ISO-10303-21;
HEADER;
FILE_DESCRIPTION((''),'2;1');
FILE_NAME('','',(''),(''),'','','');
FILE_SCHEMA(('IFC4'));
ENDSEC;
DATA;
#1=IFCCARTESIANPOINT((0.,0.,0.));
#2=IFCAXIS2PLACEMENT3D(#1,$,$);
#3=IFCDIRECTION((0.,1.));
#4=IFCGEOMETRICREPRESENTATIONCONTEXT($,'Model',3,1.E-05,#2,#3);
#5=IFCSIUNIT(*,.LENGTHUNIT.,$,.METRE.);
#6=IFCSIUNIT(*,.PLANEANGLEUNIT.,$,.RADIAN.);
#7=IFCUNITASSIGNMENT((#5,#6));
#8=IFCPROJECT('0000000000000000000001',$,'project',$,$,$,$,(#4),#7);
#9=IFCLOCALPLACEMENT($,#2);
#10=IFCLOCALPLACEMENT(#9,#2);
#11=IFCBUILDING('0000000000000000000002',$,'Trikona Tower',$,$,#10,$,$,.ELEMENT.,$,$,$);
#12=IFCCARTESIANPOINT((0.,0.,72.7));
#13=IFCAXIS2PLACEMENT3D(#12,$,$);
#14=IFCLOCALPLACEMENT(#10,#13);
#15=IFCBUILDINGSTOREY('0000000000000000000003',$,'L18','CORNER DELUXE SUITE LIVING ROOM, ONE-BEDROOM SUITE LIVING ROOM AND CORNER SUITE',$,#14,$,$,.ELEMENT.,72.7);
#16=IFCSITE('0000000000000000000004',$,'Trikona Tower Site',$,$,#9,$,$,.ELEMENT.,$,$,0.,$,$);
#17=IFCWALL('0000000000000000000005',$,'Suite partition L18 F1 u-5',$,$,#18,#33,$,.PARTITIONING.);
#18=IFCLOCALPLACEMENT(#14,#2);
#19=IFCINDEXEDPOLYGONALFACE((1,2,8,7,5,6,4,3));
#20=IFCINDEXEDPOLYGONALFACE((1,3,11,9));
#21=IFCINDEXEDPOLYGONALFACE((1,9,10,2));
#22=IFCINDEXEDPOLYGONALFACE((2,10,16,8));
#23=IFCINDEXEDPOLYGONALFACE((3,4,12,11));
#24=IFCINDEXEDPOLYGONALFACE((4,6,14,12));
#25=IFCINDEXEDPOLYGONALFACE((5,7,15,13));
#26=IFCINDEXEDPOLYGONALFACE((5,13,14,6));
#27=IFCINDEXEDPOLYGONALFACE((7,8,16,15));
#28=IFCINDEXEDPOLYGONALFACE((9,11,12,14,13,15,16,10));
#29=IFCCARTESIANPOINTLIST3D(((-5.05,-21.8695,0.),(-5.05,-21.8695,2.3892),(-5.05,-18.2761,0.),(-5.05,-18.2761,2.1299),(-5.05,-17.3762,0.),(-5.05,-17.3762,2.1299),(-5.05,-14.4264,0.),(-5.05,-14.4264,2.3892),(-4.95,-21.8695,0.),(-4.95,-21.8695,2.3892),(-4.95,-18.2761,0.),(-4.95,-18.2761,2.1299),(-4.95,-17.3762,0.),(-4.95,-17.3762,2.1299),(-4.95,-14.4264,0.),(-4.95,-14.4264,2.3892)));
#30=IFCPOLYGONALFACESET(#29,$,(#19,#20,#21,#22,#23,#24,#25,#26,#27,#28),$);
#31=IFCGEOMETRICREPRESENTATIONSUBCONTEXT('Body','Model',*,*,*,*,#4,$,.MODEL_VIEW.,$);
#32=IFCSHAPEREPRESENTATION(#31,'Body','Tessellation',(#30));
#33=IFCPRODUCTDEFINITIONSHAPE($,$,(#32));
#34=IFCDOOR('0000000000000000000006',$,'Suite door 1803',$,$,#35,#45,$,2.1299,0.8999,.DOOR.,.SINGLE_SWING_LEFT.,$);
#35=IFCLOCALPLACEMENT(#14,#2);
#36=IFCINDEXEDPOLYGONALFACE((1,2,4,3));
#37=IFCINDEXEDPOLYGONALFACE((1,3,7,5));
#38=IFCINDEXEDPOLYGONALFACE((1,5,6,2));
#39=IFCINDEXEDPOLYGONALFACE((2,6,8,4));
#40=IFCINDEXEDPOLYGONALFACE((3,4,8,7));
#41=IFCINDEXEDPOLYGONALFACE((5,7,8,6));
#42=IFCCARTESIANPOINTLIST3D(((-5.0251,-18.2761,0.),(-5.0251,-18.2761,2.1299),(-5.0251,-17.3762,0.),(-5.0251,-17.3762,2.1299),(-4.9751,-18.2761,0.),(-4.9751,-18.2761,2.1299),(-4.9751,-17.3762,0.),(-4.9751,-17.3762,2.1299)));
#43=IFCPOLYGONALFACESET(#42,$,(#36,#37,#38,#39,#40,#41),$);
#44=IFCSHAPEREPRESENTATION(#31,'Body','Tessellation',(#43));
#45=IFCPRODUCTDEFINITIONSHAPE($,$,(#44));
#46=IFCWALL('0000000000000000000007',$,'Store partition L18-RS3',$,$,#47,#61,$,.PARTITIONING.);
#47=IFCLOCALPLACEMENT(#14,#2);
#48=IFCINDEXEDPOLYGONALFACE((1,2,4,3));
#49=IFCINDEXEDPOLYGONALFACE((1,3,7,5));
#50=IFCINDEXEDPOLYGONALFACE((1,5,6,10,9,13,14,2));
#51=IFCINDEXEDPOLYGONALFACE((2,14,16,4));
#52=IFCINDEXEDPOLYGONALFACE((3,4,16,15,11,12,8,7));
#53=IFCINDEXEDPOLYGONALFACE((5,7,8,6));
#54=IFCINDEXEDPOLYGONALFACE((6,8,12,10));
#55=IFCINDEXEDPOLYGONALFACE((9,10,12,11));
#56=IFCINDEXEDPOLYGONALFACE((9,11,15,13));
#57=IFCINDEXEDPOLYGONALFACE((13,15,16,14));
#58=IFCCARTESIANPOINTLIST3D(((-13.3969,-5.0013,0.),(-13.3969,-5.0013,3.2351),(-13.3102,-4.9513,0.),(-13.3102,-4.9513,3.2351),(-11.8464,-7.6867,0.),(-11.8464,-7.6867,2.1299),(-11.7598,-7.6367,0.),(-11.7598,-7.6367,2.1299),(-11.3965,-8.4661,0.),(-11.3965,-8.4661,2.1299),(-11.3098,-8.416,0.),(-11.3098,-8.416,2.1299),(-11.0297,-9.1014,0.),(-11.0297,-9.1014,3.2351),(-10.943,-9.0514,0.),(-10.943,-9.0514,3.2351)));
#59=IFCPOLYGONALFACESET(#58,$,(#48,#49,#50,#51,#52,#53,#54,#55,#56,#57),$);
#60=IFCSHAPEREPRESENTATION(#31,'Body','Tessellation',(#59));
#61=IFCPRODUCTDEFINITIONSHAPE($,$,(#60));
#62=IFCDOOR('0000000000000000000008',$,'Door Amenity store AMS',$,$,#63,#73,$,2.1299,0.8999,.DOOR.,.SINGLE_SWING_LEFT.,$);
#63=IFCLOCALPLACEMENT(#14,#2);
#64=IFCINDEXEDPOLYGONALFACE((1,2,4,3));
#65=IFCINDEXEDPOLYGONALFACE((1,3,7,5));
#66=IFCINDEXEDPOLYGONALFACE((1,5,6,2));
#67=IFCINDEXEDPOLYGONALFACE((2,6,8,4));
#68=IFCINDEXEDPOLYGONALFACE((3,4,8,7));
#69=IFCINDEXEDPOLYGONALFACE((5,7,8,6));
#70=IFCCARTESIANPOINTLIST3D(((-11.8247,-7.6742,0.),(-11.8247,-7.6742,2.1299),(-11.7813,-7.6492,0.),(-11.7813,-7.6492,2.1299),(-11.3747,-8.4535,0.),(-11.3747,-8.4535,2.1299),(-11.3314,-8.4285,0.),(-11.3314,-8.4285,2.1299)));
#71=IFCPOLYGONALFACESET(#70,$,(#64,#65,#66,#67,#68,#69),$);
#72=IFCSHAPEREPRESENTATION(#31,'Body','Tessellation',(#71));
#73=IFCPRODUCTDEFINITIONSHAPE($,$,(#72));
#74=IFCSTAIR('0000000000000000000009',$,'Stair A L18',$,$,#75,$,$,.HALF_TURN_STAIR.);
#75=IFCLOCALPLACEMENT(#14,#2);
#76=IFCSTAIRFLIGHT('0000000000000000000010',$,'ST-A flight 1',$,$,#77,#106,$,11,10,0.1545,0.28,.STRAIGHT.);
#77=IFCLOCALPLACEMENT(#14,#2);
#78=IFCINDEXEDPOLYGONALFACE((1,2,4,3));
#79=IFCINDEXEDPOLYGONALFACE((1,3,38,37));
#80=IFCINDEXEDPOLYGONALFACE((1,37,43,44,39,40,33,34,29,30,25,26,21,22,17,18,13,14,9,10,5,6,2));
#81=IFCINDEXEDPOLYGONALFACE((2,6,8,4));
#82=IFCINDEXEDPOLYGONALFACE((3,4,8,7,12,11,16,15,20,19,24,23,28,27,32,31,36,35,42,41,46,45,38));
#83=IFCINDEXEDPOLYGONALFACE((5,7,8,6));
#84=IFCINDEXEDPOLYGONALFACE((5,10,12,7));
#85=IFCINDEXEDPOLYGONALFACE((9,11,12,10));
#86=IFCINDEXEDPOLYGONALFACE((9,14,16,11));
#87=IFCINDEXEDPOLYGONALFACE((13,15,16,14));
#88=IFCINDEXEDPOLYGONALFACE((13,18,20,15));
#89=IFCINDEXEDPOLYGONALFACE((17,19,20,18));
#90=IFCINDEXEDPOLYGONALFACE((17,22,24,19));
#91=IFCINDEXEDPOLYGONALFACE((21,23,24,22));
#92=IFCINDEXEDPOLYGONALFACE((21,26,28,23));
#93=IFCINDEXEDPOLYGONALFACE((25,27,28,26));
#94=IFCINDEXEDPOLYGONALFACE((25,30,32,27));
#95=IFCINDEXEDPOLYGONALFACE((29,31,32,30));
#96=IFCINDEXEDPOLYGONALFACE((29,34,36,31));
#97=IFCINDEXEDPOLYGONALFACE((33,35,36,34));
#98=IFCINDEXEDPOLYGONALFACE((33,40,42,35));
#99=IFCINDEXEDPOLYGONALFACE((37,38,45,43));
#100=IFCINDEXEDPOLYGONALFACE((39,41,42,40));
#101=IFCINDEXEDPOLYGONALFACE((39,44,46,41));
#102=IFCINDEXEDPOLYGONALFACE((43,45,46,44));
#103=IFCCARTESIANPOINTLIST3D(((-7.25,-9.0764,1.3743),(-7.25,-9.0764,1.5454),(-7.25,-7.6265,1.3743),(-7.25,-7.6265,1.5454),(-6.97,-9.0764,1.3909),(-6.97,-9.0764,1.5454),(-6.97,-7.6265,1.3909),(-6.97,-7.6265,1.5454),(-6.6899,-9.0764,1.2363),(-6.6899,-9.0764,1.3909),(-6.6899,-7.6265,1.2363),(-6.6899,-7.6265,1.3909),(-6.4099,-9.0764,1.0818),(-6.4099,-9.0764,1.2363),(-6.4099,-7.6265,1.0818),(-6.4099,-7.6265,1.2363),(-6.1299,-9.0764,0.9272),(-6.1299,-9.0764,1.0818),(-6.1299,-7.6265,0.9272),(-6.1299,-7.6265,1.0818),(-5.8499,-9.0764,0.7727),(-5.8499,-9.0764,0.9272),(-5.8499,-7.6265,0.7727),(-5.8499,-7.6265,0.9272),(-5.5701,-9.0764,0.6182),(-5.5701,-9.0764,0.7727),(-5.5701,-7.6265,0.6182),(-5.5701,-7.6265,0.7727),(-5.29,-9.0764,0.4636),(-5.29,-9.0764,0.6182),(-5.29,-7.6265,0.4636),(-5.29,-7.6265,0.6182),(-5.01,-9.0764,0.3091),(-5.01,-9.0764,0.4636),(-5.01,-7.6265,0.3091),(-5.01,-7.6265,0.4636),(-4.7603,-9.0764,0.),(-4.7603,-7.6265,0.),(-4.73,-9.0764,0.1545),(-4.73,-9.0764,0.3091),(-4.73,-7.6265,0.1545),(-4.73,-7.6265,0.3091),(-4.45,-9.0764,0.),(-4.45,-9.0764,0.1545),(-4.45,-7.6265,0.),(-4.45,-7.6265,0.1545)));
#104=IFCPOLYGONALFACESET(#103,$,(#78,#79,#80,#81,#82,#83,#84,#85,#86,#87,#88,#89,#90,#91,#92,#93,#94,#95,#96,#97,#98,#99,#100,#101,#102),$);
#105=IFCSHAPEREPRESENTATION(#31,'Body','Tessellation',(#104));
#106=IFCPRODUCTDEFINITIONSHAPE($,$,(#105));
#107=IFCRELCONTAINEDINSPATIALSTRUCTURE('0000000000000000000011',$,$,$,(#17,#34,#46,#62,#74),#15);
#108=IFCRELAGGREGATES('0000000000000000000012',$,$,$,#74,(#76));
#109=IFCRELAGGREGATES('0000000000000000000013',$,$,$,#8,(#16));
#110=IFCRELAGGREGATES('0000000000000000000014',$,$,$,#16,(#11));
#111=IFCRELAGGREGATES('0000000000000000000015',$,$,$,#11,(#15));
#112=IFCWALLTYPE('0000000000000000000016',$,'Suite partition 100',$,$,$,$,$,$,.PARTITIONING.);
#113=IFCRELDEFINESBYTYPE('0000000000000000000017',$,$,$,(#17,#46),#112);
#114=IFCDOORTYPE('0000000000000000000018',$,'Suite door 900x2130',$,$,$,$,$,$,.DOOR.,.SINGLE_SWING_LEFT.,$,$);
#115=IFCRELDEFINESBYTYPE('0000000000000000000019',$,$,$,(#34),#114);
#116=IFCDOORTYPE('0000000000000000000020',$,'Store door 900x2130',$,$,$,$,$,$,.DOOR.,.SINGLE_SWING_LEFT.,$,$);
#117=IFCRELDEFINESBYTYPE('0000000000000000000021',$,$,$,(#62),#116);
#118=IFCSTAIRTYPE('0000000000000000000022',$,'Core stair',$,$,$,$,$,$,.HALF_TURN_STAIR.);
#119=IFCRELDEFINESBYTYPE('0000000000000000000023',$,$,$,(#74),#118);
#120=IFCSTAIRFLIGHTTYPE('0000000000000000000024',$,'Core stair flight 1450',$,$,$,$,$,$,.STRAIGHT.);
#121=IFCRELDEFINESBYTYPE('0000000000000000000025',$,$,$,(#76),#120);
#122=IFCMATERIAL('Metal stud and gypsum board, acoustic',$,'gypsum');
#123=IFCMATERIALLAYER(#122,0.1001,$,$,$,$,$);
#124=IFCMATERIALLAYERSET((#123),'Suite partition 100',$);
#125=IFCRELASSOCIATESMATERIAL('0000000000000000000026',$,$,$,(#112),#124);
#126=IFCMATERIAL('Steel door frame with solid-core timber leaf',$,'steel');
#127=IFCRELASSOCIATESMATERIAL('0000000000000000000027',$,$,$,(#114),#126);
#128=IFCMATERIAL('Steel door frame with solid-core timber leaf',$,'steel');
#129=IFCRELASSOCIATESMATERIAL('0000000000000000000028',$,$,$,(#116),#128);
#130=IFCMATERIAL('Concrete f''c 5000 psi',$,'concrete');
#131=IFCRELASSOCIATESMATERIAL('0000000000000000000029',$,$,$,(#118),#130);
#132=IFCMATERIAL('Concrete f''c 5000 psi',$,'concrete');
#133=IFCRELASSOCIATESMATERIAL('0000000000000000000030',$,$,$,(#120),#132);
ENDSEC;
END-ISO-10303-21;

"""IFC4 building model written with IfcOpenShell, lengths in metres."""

from ifc_helpers import new_model, si_unit, direction, frame, frame_2d, origin, place, context, subcontext, project, spatial, polyline, rectangle, outline, extrude, material, layer, layer_set, type_object, element, fill, aggregate, save


model = new_model("IFC4")

# Units and contexts
model_context = context("Model", 3, precision=1e-05, world=origin(), true_north=direction((0.0, 1.0)))
body_context = subcontext(model_context, "Body", "Model", "MODEL_VIEW")
ifc_project = project(units=[si_unit("LENGTHUNIT", "METRE"), si_unit("PLANEANGLEUNIT", "RADIAN")], contexts=[model_context])

# Site, building, storey
site_placement = place(None, origin())
site = spatial("IfcSite", under=ifc_project, at=site_placement, Name="Trikona Tower Site", CompositionType="ELEMENT", RefElevation=0.0)
building_placement = place(site_placement, origin())
building = spatial("IfcBuilding", under=site, at=building_placement, Name="Trikona Tower", CompositionType="ELEMENT")
storey_placement = place(building_placement, frame((0.0, 0.0, 72.7)))
storey = spatial("IfcBuildingStorey", under=building, at=storey_placement, Name="L18", Description="CORNER DELUXE SUITE LIVING ROOM, ONE-BEDROOM SUITE LIVING ROOM AND CORNER SUITE", CompositionType="ELEMENT", Elevation=72.7)

# Walls, openings, doors
ifc_material_1 = material(Name="Metal stud and gypsum board, acoustic", Category="gypsum")
ifc_layer_1 = layer(ifc_material_1, 0.1001)
ifc_layer_set_1 = layer_set([ifc_layer_1], Name="Suite partition 100")
wall_type_1 = type_object("IfcWallType", Name="Suite partition 100", PredefinedType="PARTITIONING", material=ifc_layer_set_1)
wall_1_placement = place(storey_placement, frame((-5.0, -14.4263, 0.0), z_axis=(0.0, 0.0, 1.0), x_axis=(0.0, -1.0, 0.0)))
wall_1 = element("IfcWall", 1, at=wall_1_placement, inside=storey, type_object=wall_type_1, Name="Suite partition L18 F1 u-5", PredefinedType="PARTITIONING", context=body_context, shape_type="SweptSolid", body=[
    extrude(rectangle(XDim=7.4431, YDim=0.1001, at=frame_2d((3.7217, 0.0))), origin(), (0.0, 0.0, 1.0), 2.3892),
])
opening_1_placement = place(wall_1_placement, frame((2.95, 0.0, 0.0)))
opening_1 = element("IfcOpeningElement", 2, at=opening_1_placement, cuts=wall_1, PredefinedType="OPENING", context=body_context, shape_type="SweptSolid", body=[
    extrude(rectangle(XDim=0.8999, YDim=2.1299, at=frame_2d((0.45, 1.0649))), frame((0.0, 0.0601, 0.0), z_axis=(0.0, -1.0, 0.0), x_axis=(1.0, 0.0, 0.0)), (0.0, 0.0, 1.0), 0.1201),
])
ifc_material_2 = material(Name="Steel door frame with solid-core timber leaf", Category="steel")
door_type_1 = type_object("IfcDoorType", Name="Suite door 900x2130", OperationType="SINGLE_SWING_LEFT", PredefinedType="DOOR", material=ifc_material_2)
door_1_placement = place(opening_1_placement, origin())
door_1 = element("IfcDoor", 3, at=door_1_placement, inside=storey, type_object=door_type_1, Name="Suite door 1803", OperationType="SINGLE_SWING_LEFT", OverallHeight=2.1299, OverallWidth=0.8999, PredefinedType="DOOR", context=body_context, shape_type="SweptSolid", body=[
    extrude(rectangle(XDim=0.8999, YDim=2.1299, at=frame_2d((0.45, 1.0649))), frame((0.0, 0.0249, 0.0), z_axis=(0.0, -1.0, 0.0), x_axis=(1.0, 0.0, 0.0)), (0.0, 0.0, 1.0), 0.05),
])
fill(opening_1, door_1)
wall_2_placement = place(storey_placement, frame((-10.9863, -9.0764, 0.0), z_axis=(0.0, 0.0, 1.0), x_axis=(-0.499999, 0.866026, 0.0)))
wall_2 = element("IfcWall", 4, at=wall_2_placement, inside=storey, type_object=wall_type_1, Name="Store partition L18-RS3", PredefinedType="PARTITIONING", context=body_context, shape_type="SweptSolid", body=[
    extrude(rectangle(XDim=4.7344, YDim=0.1001, at=frame_2d((2.3672, 0.0))), origin(), (0.0, 0.0, 1.0), 3.2351),
])
opening_2_placement = place(wall_2_placement, frame((0.7336, 0.0, 0.0)))
opening_2 = element("IfcOpeningElement", 5, at=opening_2_placement, cuts=wall_2, PredefinedType="OPENING", context=body_context, shape_type="SweptSolid", body=[
    extrude(rectangle(XDim=0.8999, YDim=2.1299, at=frame_2d((0.45, 1.0649))), frame((0.0, 0.0601, 0.0), z_axis=(0.0, -1.0, 0.0), x_axis=(1.0, 0.0, 0.0)), (0.0, 0.0, 1.0), 0.1201),
])
ifc_material_3 = material(Name="Steel door frame with solid-core timber leaf", Category="steel")
door_type_2 = type_object("IfcDoorType", Name="Store door 900x2130", OperationType="SINGLE_SWING_LEFT", PredefinedType="DOOR", material=ifc_material_3)
door_2_placement = place(opening_2_placement, origin())
door_2 = element("IfcDoor", 6, at=door_2_placement, inside=storey, type_object=door_type_2, Name="Door Amenity store AMS", OperationType="SINGLE_SWING_LEFT", OverallHeight=2.1299, OverallWidth=0.8999, PredefinedType="DOOR", context=body_context, shape_type="SweptSolid", body=[
    extrude(rectangle(XDim=0.8999, YDim=2.1299, at=frame_2d((0.45, 1.0649))), frame((0.0, 0.0249, 0.0), z_axis=(0.0, -1.0, 0.0), x_axis=(1.0, 0.0, 0.0)), (0.0, 0.0, 1.0), 0.05),
])
fill(opening_2, door_2)

# Stair, stair flight
ifc_material_4 = material(Name="Concrete f'c 5000 psi", Category="concrete")
stair_type = type_object("IfcStairType", Name="Core stair", PredefinedType="HALF_TURN_STAIR", material=ifc_material_4)
stair_placement = place(storey_placement, origin())
stair = element("IfcStair", 7, at=stair_placement, inside=storey, type_object=stair_type, Name="Stair A L18", PredefinedType="HALF_TURN_STAIR")
ifc_material_5 = material(Name="Concrete f'c 5000 psi", Category="concrete")
stair_flight_type = type_object("IfcStairFlightType", Name="Core stair flight 1450", PredefinedType="STRAIGHT", material=ifc_material_5)
stair_flight_placement = place(storey_placement, frame((-4.45, -8.3513, 0.0), z_axis=(0.0, 0.0, 1.0), x_axis=(-1.0, 0.0, 0.0)))
stair_flight = element("IfcStairFlight", 8, at=stair_flight_placement, type_object=stair_flight_type, Name="ST-A flight 1", NumberOfRisers=11, NumberOfTreads=10, PredefinedType="STRAIGHT", RiserHeight=0.1545, TreadLength=0.28, context=body_context, shape_type="SweptSolid", body=[
    extrude(outline(polyline([(0.0, 0.0), (0.0, 0.1545), (0.28, 0.1545), (0.28, 0.3091), (0.5601, 0.3091), (0.5601, 0.4636), (0.8401, 0.4636), (0.8401, 0.6182), (1.1201, 0.6182), (1.1201, 0.7727), (1.3999, 0.7727), (1.3999, 0.9272), (1.6799, 0.9272), (1.6799, 1.0818), (1.96, 1.0818), (1.96, 1.2363), (2.24, 1.2363), (2.24, 1.3909), (2.52, 1.3909), (2.52, 1.5454), (2.8, 1.5454), (2.8, 1.7), (2.8, 1.3743), (0.3103, 0.0), (0.0, 0.0)])), frame((0.0, 0.7251, 0.0), z_axis=(0.0, -1.0, 0.0), x_axis=(1.0, 0.0, 0.0)), (0.0, 0.0, 1.0), 1.45),
])
aggregate(stair, [stair_flight])

save(model, "model.ifc")
